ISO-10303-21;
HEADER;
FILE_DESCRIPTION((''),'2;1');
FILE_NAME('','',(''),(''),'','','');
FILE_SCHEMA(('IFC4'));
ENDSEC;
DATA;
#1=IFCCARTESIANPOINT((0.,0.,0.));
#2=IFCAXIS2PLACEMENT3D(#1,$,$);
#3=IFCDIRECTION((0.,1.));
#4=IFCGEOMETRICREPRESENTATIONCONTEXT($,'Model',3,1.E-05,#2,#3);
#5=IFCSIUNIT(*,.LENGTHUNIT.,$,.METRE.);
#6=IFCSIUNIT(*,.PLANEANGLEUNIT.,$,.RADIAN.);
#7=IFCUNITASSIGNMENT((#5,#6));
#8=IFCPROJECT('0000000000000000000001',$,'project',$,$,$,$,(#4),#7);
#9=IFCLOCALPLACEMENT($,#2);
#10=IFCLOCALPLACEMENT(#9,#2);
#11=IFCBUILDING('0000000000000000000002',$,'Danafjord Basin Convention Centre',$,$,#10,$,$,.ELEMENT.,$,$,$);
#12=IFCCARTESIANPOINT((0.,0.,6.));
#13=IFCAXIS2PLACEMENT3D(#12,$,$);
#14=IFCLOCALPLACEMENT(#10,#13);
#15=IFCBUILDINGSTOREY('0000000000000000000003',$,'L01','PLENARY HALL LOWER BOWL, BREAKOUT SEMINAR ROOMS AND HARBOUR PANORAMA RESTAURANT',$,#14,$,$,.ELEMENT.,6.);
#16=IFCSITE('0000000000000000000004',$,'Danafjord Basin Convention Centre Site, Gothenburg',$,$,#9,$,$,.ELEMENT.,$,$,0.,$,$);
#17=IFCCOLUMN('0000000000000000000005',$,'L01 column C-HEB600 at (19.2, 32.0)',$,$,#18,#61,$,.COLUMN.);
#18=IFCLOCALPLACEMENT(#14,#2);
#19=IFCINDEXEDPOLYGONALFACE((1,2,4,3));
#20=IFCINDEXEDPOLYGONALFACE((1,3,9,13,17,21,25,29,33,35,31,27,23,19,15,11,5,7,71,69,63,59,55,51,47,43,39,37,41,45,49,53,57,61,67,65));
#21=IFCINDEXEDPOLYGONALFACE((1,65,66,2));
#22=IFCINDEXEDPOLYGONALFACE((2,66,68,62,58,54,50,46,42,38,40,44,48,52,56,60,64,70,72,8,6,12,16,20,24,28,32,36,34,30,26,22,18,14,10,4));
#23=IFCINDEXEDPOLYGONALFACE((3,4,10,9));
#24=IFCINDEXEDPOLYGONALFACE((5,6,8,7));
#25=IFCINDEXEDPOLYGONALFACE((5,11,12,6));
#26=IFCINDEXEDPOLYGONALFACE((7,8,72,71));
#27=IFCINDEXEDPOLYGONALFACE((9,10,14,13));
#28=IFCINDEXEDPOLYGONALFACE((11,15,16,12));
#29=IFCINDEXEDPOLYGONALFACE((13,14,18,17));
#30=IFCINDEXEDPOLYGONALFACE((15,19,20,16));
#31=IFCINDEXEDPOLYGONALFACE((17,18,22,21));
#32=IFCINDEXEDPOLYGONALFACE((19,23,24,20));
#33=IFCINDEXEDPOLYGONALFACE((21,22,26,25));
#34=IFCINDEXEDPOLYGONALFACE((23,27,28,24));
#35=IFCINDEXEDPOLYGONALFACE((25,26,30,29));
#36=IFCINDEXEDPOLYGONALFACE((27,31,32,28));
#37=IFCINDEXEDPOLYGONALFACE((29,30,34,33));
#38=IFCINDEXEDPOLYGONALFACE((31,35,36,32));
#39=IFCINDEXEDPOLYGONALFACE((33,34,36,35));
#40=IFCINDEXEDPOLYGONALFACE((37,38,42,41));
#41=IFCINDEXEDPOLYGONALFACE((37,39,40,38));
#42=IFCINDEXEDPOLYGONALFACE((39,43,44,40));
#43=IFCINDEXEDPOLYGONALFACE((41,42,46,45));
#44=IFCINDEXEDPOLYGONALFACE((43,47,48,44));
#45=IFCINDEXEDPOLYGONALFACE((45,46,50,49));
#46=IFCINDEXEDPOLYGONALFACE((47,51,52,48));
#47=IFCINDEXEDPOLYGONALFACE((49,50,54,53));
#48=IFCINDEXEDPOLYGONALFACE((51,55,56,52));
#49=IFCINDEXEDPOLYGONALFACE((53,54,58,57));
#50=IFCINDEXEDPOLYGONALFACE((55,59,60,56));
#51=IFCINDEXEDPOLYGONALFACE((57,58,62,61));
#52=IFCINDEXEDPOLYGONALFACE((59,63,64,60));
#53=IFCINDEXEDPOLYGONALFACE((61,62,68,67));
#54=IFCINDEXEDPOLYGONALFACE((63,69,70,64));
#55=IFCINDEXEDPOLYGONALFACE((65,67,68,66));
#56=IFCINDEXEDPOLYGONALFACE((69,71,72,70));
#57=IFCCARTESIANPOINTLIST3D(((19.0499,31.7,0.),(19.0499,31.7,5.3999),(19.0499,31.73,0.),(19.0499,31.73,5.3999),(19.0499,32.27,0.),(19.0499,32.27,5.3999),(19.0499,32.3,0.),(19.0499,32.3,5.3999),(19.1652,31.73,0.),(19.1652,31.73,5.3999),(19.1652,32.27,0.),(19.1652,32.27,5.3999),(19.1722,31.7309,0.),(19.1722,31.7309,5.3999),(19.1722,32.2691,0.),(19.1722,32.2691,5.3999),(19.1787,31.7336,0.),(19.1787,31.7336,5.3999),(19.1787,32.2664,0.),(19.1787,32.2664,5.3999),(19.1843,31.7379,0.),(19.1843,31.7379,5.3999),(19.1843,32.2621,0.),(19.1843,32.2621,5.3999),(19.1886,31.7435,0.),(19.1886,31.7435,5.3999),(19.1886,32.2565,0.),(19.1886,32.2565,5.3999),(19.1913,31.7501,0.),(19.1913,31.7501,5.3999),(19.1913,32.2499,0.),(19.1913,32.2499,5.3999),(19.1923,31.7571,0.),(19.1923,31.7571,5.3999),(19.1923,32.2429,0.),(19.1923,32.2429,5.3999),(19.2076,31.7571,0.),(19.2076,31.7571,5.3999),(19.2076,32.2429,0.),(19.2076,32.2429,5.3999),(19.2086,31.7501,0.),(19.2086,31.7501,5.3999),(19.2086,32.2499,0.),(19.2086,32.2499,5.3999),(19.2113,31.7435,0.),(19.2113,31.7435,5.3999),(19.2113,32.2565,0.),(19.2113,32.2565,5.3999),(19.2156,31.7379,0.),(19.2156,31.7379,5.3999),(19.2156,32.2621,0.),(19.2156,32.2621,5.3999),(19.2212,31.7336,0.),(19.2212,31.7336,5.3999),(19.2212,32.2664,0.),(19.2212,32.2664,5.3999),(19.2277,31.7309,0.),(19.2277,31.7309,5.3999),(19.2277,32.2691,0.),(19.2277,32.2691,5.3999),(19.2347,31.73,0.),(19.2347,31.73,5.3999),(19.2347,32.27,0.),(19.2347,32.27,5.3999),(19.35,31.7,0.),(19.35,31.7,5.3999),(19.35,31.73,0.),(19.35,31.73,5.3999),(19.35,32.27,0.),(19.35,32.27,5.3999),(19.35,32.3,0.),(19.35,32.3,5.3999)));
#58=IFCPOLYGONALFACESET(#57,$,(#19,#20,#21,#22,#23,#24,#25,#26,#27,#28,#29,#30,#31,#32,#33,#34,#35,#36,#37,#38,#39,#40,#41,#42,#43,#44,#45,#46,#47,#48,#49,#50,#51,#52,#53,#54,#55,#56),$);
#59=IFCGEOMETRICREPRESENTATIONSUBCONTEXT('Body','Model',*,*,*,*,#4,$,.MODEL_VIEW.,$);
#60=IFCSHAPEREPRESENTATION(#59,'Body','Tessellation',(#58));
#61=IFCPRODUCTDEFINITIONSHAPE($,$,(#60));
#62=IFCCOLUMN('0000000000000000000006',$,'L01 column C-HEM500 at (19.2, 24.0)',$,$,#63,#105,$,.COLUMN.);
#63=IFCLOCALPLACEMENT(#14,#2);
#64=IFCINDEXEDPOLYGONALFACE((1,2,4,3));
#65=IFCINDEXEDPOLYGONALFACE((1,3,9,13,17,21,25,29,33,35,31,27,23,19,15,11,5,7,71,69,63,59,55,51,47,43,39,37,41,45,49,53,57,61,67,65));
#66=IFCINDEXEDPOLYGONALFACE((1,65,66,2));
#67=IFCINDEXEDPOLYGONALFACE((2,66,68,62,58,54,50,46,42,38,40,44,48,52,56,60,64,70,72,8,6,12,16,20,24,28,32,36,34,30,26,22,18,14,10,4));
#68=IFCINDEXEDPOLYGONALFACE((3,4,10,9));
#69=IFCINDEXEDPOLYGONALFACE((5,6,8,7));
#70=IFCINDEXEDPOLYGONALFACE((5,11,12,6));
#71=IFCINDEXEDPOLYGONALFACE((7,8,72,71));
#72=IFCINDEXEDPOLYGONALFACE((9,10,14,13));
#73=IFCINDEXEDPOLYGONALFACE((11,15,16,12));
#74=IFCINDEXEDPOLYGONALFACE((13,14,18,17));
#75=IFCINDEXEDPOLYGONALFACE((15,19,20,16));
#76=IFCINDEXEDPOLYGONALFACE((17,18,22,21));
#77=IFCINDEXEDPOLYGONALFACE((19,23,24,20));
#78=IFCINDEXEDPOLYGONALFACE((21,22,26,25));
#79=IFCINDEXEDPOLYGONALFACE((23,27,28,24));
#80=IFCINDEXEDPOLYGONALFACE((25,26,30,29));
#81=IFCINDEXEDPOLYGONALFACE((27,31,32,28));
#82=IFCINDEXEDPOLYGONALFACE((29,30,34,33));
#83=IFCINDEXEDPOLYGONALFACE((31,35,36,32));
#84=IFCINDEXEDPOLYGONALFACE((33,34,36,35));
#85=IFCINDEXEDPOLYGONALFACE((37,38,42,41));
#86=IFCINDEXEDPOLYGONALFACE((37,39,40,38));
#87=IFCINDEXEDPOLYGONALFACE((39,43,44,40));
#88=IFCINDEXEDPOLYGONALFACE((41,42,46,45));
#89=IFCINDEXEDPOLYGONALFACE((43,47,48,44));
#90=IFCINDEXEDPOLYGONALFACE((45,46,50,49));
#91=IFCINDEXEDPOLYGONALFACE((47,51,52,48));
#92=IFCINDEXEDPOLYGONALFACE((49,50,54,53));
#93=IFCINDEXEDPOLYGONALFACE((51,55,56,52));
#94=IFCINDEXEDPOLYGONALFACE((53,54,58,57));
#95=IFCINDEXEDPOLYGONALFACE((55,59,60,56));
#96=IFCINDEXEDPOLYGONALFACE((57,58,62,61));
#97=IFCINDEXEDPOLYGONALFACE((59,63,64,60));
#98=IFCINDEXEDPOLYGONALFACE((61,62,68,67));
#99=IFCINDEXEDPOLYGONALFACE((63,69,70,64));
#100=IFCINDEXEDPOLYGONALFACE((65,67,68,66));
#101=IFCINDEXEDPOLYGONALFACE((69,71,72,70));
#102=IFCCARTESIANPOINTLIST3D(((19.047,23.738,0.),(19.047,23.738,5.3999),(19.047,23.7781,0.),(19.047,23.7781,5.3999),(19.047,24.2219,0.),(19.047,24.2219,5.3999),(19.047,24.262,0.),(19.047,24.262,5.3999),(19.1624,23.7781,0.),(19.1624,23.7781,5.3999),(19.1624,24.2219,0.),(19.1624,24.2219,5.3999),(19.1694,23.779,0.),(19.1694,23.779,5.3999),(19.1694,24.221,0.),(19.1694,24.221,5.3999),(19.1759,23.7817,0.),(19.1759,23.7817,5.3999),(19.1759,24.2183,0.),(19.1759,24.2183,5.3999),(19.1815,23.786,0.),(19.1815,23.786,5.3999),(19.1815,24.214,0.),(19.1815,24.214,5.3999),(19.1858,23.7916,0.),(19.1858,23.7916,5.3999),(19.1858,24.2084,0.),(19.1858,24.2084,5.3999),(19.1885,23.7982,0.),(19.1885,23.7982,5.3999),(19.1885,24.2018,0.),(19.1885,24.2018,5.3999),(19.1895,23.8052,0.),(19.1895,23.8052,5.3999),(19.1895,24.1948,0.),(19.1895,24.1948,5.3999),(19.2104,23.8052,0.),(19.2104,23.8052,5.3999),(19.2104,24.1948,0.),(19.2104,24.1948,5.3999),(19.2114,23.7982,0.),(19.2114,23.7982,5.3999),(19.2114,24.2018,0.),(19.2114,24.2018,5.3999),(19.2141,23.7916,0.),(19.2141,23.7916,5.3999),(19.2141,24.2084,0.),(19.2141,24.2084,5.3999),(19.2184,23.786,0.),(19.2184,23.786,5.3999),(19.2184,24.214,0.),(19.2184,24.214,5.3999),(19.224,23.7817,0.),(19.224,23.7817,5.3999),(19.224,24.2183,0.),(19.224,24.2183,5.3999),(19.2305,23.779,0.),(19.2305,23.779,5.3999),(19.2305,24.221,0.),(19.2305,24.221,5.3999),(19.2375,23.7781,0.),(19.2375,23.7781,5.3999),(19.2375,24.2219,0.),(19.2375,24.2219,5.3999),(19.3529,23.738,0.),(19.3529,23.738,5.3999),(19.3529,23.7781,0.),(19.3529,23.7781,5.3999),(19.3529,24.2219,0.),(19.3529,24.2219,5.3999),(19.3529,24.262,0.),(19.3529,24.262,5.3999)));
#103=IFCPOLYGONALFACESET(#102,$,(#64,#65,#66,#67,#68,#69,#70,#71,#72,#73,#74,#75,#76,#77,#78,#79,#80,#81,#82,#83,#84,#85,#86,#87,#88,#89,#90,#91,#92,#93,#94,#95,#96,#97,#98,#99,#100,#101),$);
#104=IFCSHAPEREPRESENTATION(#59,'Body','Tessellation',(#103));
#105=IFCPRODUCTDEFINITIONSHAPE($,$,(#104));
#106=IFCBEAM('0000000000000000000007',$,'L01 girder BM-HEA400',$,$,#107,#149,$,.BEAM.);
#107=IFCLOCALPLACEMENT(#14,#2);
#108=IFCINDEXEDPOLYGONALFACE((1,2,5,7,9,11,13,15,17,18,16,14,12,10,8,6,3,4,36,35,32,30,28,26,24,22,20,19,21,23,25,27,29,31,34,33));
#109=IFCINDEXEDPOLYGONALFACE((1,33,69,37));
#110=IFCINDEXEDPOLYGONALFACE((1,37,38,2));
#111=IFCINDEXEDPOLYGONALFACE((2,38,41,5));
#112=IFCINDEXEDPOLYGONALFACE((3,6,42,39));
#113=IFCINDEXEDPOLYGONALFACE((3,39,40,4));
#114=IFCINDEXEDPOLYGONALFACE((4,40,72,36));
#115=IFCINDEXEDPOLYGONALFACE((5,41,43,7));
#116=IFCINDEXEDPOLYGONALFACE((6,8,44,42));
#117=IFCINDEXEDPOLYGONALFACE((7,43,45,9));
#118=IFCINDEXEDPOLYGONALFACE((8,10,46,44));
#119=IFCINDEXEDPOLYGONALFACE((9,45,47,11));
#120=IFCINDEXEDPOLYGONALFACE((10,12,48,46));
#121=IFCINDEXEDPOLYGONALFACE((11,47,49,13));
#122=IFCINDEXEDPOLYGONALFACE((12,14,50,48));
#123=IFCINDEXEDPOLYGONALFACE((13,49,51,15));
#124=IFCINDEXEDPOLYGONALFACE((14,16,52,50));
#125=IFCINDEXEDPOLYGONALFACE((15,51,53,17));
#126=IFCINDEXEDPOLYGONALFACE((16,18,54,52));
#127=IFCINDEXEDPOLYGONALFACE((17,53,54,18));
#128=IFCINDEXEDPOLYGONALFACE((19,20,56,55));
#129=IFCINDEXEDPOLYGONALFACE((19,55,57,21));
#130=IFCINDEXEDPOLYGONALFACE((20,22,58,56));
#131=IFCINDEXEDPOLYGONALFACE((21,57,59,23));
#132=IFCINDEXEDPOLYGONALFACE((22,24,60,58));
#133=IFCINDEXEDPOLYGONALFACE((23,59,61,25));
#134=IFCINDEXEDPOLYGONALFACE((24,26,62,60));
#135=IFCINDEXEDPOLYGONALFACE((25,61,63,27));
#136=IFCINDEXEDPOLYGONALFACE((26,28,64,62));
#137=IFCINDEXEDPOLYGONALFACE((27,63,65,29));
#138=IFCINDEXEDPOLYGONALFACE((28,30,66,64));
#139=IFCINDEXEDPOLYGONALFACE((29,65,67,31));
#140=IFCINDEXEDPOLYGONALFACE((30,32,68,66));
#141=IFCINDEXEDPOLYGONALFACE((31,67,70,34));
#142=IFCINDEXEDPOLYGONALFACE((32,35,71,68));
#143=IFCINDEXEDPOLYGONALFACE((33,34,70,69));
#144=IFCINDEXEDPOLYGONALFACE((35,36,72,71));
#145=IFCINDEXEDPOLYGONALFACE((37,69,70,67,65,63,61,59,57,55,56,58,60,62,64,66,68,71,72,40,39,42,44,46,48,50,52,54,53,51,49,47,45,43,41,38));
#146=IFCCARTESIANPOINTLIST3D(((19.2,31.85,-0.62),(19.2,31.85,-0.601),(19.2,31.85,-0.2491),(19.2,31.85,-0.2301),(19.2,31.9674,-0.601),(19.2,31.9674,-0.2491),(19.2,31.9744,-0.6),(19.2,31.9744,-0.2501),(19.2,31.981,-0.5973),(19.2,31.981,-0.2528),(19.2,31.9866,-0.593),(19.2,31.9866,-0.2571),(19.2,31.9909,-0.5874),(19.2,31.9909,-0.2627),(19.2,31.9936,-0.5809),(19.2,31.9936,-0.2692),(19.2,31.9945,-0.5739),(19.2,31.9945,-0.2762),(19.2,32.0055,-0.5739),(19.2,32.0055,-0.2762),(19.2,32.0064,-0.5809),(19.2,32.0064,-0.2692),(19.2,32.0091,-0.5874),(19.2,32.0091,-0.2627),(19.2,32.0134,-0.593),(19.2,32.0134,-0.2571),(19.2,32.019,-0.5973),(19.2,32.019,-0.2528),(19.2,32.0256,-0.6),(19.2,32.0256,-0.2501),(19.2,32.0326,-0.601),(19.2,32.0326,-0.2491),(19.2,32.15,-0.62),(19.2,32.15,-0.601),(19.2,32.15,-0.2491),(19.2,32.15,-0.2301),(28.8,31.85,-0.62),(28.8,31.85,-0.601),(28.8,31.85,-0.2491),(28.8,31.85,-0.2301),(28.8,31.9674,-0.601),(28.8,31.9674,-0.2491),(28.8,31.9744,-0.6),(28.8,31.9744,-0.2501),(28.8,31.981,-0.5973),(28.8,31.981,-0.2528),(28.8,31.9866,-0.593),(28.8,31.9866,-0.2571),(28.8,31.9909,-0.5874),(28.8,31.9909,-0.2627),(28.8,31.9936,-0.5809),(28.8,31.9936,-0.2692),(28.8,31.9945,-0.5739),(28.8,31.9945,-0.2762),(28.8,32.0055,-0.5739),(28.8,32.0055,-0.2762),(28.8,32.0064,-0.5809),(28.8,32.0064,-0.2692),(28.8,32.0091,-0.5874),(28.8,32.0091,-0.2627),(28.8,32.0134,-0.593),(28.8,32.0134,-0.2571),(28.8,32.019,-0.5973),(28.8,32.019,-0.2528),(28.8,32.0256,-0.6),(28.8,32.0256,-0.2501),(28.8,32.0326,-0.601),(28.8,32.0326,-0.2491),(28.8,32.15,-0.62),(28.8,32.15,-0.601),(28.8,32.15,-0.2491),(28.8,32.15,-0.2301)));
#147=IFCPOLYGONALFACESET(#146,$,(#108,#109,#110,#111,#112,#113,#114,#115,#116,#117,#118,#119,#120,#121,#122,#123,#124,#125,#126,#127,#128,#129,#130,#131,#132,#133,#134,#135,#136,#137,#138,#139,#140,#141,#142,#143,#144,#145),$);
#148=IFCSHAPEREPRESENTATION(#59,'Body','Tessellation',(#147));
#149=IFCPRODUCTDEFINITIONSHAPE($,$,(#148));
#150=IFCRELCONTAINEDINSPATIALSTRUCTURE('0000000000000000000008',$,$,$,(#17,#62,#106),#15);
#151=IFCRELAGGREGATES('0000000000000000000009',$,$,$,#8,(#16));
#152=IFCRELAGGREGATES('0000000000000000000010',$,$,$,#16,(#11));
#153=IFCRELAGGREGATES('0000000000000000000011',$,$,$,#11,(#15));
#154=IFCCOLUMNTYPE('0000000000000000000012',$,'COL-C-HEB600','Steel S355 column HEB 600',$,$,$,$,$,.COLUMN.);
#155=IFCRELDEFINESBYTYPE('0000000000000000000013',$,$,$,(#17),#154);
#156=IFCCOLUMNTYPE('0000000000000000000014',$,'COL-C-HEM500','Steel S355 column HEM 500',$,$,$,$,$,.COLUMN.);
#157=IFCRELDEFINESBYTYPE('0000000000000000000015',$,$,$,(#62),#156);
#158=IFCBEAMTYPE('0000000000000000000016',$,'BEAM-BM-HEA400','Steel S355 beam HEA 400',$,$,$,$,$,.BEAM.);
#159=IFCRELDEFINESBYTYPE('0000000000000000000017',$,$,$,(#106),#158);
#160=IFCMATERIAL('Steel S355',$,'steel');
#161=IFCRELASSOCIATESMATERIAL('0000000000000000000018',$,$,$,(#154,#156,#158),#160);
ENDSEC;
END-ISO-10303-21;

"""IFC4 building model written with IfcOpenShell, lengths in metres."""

from ifc_helpers import new_model, si_unit, direction, frame, origin, origin_2d, place, context, subcontext, project, spatial, i_section, extrude, material, material_profile, profile_set, type_object, element, save


model = new_model("IFC4")

# Units and contexts
model_context = context("Model", 3, precision=1e-05, world=origin(), true_north=direction((0.0, 1.0)))
body_context = subcontext(model_context, "Body", "Model", "MODEL_VIEW")
ifc_project = project(units=[si_unit("LENGTHUNIT", "METRE"), si_unit("PLANEANGLEUNIT", "RADIAN")], contexts=[model_context])

# Site, building, storey
site_placement = place(None, origin())
site = spatial("IfcSite", under=ifc_project, at=site_placement, Name="Danafjord Basin Convention Centre Site, Gothenburg", CompositionType="ELEMENT", RefElevation=0.0)
building_placement = place(site_placement, origin())
building = spatial("IfcBuilding", under=site, at=building_placement, Name="Danafjord Basin Convention Centre", CompositionType="ELEMENT")
storey_placement = place(building_placement, frame((0.0, 0.0, 6.0)))
storey = spatial("IfcBuildingStorey", under=building, at=storey_placement, Name="L01", Description="PLENARY HALL LOWER BOWL, BREAKOUT SEMINAR ROOMS AND HARBOUR PANORAMA RESTAURANT", CompositionType="ELEMENT", Elevation=6.0)

# Columns
ifc_material_1 = material(Name="Steel S355", Category="steel")
ifc_material_profile_1 = material_profile(ifc_material_1, i_section(OverallWidth=0.3, OverallDepth=0.6001, WebThickness=0.0154, FlangeThickness=0.03, FilletRadius=0.0271, at=origin_2d()), Name="HEB 600")
ifc_profile_set_1 = profile_set([ifc_material_profile_1], Name="Steel S355")
column_type_1 = type_object("IfcColumnType", Name="COL-C-HEB600", Description="Steel S355 column HEB 600", PredefinedType="COLUMN", material=ifc_profile_set_1)
column_1_placement = place(storey_placement, frame((19.2, 32.0, 0.0), z_axis=(0.0, 0.0, 1.0), x_axis=(1.0, 0.0, 0.0)))
element("IfcColumn", 1, at=column_1_placement, inside=storey, type_object=column_type_1, Name="L01 column C-HEB600 at (19.2, 32.0)", PredefinedType="COLUMN", context=body_context, shape_type="SweptSolid", body=[
    extrude(i_section(OverallWidth=0.3, OverallDepth=0.6001, WebThickness=0.0154, FlangeThickness=0.03, FilletRadius=0.0271, at=origin_2d()), origin(), (0.0, 0.0, 1.0), 5.3999),
])
ifc_material_profile_2 = material_profile(ifc_material_1, i_section(OverallWidth=0.3059, OverallDepth=0.5239, WebThickness=0.021, FlangeThickness=0.04, FilletRadius=0.0271, at=origin_2d()), Name="HEM 500")
ifc_profile_set_2 = profile_set([ifc_material_profile_2], Name="Steel S355")
column_type_2 = type_object("IfcColumnType", Name="COL-C-HEM500", Description="Steel S355 column HEM 500", PredefinedType="COLUMN", material=ifc_profile_set_2)
column_2_placement = place(storey_placement, frame((19.2, 24.0, 0.0), z_axis=(0.0, 0.0, 1.0), x_axis=(1.0, 0.0, 0.0)))
element("IfcColumn", 2, at=column_2_placement, inside=storey, type_object=column_type_2, Name="L01 column C-HEM500 at (19.2, 24.0)", PredefinedType="COLUMN", context=body_context, shape_type="SweptSolid", body=[
    extrude(i_section(OverallWidth=0.3059, OverallDepth=0.5239, WebThickness=0.021, FlangeThickness=0.04, FilletRadius=0.0271, at=origin_2d()), origin(), (0.0, 0.0, 1.0), 5.3999),
])

# Beam
ifc_material_profile_3 = material_profile(ifc_material_1, i_section(OverallWidth=0.3, OverallDepth=0.3899, WebThickness=0.011, FlangeThickness=0.019, FilletRadius=0.0271, at=origin_2d()), Name="HEA 400")
ifc_profile_set_3 = profile_set([ifc_material_profile_3], Name="Steel S355")
beam_type_1 = type_object("IfcBeamType", Name="BEAM-BM-HEA400", Description="Steel S355 beam HEA 400", PredefinedType="BEAM", material=ifc_profile_set_3)
beam_1_placement = place(storey_placement, frame((19.2, 32.0, -0.425), z_axis=(1.0, 0.0, 0.0), x_axis=(0.0, 1.0, 0.0)))
element("IfcBeam", 3, at=beam_1_placement, inside=storey, type_object=beam_type_1, Name="L01 girder BM-HEA400", PredefinedType="BEAM", context=body_context, shape_type="SweptSolid", body=[
    extrude(i_section(OverallWidth=0.3, OverallDepth=0.3899, WebThickness=0.011, FlangeThickness=0.019, FilletRadius=0.0271, at=origin_2d()), origin(), (0.0, 0.0, 1.0), 9.6001),
])

save(model, "model.ifc")
